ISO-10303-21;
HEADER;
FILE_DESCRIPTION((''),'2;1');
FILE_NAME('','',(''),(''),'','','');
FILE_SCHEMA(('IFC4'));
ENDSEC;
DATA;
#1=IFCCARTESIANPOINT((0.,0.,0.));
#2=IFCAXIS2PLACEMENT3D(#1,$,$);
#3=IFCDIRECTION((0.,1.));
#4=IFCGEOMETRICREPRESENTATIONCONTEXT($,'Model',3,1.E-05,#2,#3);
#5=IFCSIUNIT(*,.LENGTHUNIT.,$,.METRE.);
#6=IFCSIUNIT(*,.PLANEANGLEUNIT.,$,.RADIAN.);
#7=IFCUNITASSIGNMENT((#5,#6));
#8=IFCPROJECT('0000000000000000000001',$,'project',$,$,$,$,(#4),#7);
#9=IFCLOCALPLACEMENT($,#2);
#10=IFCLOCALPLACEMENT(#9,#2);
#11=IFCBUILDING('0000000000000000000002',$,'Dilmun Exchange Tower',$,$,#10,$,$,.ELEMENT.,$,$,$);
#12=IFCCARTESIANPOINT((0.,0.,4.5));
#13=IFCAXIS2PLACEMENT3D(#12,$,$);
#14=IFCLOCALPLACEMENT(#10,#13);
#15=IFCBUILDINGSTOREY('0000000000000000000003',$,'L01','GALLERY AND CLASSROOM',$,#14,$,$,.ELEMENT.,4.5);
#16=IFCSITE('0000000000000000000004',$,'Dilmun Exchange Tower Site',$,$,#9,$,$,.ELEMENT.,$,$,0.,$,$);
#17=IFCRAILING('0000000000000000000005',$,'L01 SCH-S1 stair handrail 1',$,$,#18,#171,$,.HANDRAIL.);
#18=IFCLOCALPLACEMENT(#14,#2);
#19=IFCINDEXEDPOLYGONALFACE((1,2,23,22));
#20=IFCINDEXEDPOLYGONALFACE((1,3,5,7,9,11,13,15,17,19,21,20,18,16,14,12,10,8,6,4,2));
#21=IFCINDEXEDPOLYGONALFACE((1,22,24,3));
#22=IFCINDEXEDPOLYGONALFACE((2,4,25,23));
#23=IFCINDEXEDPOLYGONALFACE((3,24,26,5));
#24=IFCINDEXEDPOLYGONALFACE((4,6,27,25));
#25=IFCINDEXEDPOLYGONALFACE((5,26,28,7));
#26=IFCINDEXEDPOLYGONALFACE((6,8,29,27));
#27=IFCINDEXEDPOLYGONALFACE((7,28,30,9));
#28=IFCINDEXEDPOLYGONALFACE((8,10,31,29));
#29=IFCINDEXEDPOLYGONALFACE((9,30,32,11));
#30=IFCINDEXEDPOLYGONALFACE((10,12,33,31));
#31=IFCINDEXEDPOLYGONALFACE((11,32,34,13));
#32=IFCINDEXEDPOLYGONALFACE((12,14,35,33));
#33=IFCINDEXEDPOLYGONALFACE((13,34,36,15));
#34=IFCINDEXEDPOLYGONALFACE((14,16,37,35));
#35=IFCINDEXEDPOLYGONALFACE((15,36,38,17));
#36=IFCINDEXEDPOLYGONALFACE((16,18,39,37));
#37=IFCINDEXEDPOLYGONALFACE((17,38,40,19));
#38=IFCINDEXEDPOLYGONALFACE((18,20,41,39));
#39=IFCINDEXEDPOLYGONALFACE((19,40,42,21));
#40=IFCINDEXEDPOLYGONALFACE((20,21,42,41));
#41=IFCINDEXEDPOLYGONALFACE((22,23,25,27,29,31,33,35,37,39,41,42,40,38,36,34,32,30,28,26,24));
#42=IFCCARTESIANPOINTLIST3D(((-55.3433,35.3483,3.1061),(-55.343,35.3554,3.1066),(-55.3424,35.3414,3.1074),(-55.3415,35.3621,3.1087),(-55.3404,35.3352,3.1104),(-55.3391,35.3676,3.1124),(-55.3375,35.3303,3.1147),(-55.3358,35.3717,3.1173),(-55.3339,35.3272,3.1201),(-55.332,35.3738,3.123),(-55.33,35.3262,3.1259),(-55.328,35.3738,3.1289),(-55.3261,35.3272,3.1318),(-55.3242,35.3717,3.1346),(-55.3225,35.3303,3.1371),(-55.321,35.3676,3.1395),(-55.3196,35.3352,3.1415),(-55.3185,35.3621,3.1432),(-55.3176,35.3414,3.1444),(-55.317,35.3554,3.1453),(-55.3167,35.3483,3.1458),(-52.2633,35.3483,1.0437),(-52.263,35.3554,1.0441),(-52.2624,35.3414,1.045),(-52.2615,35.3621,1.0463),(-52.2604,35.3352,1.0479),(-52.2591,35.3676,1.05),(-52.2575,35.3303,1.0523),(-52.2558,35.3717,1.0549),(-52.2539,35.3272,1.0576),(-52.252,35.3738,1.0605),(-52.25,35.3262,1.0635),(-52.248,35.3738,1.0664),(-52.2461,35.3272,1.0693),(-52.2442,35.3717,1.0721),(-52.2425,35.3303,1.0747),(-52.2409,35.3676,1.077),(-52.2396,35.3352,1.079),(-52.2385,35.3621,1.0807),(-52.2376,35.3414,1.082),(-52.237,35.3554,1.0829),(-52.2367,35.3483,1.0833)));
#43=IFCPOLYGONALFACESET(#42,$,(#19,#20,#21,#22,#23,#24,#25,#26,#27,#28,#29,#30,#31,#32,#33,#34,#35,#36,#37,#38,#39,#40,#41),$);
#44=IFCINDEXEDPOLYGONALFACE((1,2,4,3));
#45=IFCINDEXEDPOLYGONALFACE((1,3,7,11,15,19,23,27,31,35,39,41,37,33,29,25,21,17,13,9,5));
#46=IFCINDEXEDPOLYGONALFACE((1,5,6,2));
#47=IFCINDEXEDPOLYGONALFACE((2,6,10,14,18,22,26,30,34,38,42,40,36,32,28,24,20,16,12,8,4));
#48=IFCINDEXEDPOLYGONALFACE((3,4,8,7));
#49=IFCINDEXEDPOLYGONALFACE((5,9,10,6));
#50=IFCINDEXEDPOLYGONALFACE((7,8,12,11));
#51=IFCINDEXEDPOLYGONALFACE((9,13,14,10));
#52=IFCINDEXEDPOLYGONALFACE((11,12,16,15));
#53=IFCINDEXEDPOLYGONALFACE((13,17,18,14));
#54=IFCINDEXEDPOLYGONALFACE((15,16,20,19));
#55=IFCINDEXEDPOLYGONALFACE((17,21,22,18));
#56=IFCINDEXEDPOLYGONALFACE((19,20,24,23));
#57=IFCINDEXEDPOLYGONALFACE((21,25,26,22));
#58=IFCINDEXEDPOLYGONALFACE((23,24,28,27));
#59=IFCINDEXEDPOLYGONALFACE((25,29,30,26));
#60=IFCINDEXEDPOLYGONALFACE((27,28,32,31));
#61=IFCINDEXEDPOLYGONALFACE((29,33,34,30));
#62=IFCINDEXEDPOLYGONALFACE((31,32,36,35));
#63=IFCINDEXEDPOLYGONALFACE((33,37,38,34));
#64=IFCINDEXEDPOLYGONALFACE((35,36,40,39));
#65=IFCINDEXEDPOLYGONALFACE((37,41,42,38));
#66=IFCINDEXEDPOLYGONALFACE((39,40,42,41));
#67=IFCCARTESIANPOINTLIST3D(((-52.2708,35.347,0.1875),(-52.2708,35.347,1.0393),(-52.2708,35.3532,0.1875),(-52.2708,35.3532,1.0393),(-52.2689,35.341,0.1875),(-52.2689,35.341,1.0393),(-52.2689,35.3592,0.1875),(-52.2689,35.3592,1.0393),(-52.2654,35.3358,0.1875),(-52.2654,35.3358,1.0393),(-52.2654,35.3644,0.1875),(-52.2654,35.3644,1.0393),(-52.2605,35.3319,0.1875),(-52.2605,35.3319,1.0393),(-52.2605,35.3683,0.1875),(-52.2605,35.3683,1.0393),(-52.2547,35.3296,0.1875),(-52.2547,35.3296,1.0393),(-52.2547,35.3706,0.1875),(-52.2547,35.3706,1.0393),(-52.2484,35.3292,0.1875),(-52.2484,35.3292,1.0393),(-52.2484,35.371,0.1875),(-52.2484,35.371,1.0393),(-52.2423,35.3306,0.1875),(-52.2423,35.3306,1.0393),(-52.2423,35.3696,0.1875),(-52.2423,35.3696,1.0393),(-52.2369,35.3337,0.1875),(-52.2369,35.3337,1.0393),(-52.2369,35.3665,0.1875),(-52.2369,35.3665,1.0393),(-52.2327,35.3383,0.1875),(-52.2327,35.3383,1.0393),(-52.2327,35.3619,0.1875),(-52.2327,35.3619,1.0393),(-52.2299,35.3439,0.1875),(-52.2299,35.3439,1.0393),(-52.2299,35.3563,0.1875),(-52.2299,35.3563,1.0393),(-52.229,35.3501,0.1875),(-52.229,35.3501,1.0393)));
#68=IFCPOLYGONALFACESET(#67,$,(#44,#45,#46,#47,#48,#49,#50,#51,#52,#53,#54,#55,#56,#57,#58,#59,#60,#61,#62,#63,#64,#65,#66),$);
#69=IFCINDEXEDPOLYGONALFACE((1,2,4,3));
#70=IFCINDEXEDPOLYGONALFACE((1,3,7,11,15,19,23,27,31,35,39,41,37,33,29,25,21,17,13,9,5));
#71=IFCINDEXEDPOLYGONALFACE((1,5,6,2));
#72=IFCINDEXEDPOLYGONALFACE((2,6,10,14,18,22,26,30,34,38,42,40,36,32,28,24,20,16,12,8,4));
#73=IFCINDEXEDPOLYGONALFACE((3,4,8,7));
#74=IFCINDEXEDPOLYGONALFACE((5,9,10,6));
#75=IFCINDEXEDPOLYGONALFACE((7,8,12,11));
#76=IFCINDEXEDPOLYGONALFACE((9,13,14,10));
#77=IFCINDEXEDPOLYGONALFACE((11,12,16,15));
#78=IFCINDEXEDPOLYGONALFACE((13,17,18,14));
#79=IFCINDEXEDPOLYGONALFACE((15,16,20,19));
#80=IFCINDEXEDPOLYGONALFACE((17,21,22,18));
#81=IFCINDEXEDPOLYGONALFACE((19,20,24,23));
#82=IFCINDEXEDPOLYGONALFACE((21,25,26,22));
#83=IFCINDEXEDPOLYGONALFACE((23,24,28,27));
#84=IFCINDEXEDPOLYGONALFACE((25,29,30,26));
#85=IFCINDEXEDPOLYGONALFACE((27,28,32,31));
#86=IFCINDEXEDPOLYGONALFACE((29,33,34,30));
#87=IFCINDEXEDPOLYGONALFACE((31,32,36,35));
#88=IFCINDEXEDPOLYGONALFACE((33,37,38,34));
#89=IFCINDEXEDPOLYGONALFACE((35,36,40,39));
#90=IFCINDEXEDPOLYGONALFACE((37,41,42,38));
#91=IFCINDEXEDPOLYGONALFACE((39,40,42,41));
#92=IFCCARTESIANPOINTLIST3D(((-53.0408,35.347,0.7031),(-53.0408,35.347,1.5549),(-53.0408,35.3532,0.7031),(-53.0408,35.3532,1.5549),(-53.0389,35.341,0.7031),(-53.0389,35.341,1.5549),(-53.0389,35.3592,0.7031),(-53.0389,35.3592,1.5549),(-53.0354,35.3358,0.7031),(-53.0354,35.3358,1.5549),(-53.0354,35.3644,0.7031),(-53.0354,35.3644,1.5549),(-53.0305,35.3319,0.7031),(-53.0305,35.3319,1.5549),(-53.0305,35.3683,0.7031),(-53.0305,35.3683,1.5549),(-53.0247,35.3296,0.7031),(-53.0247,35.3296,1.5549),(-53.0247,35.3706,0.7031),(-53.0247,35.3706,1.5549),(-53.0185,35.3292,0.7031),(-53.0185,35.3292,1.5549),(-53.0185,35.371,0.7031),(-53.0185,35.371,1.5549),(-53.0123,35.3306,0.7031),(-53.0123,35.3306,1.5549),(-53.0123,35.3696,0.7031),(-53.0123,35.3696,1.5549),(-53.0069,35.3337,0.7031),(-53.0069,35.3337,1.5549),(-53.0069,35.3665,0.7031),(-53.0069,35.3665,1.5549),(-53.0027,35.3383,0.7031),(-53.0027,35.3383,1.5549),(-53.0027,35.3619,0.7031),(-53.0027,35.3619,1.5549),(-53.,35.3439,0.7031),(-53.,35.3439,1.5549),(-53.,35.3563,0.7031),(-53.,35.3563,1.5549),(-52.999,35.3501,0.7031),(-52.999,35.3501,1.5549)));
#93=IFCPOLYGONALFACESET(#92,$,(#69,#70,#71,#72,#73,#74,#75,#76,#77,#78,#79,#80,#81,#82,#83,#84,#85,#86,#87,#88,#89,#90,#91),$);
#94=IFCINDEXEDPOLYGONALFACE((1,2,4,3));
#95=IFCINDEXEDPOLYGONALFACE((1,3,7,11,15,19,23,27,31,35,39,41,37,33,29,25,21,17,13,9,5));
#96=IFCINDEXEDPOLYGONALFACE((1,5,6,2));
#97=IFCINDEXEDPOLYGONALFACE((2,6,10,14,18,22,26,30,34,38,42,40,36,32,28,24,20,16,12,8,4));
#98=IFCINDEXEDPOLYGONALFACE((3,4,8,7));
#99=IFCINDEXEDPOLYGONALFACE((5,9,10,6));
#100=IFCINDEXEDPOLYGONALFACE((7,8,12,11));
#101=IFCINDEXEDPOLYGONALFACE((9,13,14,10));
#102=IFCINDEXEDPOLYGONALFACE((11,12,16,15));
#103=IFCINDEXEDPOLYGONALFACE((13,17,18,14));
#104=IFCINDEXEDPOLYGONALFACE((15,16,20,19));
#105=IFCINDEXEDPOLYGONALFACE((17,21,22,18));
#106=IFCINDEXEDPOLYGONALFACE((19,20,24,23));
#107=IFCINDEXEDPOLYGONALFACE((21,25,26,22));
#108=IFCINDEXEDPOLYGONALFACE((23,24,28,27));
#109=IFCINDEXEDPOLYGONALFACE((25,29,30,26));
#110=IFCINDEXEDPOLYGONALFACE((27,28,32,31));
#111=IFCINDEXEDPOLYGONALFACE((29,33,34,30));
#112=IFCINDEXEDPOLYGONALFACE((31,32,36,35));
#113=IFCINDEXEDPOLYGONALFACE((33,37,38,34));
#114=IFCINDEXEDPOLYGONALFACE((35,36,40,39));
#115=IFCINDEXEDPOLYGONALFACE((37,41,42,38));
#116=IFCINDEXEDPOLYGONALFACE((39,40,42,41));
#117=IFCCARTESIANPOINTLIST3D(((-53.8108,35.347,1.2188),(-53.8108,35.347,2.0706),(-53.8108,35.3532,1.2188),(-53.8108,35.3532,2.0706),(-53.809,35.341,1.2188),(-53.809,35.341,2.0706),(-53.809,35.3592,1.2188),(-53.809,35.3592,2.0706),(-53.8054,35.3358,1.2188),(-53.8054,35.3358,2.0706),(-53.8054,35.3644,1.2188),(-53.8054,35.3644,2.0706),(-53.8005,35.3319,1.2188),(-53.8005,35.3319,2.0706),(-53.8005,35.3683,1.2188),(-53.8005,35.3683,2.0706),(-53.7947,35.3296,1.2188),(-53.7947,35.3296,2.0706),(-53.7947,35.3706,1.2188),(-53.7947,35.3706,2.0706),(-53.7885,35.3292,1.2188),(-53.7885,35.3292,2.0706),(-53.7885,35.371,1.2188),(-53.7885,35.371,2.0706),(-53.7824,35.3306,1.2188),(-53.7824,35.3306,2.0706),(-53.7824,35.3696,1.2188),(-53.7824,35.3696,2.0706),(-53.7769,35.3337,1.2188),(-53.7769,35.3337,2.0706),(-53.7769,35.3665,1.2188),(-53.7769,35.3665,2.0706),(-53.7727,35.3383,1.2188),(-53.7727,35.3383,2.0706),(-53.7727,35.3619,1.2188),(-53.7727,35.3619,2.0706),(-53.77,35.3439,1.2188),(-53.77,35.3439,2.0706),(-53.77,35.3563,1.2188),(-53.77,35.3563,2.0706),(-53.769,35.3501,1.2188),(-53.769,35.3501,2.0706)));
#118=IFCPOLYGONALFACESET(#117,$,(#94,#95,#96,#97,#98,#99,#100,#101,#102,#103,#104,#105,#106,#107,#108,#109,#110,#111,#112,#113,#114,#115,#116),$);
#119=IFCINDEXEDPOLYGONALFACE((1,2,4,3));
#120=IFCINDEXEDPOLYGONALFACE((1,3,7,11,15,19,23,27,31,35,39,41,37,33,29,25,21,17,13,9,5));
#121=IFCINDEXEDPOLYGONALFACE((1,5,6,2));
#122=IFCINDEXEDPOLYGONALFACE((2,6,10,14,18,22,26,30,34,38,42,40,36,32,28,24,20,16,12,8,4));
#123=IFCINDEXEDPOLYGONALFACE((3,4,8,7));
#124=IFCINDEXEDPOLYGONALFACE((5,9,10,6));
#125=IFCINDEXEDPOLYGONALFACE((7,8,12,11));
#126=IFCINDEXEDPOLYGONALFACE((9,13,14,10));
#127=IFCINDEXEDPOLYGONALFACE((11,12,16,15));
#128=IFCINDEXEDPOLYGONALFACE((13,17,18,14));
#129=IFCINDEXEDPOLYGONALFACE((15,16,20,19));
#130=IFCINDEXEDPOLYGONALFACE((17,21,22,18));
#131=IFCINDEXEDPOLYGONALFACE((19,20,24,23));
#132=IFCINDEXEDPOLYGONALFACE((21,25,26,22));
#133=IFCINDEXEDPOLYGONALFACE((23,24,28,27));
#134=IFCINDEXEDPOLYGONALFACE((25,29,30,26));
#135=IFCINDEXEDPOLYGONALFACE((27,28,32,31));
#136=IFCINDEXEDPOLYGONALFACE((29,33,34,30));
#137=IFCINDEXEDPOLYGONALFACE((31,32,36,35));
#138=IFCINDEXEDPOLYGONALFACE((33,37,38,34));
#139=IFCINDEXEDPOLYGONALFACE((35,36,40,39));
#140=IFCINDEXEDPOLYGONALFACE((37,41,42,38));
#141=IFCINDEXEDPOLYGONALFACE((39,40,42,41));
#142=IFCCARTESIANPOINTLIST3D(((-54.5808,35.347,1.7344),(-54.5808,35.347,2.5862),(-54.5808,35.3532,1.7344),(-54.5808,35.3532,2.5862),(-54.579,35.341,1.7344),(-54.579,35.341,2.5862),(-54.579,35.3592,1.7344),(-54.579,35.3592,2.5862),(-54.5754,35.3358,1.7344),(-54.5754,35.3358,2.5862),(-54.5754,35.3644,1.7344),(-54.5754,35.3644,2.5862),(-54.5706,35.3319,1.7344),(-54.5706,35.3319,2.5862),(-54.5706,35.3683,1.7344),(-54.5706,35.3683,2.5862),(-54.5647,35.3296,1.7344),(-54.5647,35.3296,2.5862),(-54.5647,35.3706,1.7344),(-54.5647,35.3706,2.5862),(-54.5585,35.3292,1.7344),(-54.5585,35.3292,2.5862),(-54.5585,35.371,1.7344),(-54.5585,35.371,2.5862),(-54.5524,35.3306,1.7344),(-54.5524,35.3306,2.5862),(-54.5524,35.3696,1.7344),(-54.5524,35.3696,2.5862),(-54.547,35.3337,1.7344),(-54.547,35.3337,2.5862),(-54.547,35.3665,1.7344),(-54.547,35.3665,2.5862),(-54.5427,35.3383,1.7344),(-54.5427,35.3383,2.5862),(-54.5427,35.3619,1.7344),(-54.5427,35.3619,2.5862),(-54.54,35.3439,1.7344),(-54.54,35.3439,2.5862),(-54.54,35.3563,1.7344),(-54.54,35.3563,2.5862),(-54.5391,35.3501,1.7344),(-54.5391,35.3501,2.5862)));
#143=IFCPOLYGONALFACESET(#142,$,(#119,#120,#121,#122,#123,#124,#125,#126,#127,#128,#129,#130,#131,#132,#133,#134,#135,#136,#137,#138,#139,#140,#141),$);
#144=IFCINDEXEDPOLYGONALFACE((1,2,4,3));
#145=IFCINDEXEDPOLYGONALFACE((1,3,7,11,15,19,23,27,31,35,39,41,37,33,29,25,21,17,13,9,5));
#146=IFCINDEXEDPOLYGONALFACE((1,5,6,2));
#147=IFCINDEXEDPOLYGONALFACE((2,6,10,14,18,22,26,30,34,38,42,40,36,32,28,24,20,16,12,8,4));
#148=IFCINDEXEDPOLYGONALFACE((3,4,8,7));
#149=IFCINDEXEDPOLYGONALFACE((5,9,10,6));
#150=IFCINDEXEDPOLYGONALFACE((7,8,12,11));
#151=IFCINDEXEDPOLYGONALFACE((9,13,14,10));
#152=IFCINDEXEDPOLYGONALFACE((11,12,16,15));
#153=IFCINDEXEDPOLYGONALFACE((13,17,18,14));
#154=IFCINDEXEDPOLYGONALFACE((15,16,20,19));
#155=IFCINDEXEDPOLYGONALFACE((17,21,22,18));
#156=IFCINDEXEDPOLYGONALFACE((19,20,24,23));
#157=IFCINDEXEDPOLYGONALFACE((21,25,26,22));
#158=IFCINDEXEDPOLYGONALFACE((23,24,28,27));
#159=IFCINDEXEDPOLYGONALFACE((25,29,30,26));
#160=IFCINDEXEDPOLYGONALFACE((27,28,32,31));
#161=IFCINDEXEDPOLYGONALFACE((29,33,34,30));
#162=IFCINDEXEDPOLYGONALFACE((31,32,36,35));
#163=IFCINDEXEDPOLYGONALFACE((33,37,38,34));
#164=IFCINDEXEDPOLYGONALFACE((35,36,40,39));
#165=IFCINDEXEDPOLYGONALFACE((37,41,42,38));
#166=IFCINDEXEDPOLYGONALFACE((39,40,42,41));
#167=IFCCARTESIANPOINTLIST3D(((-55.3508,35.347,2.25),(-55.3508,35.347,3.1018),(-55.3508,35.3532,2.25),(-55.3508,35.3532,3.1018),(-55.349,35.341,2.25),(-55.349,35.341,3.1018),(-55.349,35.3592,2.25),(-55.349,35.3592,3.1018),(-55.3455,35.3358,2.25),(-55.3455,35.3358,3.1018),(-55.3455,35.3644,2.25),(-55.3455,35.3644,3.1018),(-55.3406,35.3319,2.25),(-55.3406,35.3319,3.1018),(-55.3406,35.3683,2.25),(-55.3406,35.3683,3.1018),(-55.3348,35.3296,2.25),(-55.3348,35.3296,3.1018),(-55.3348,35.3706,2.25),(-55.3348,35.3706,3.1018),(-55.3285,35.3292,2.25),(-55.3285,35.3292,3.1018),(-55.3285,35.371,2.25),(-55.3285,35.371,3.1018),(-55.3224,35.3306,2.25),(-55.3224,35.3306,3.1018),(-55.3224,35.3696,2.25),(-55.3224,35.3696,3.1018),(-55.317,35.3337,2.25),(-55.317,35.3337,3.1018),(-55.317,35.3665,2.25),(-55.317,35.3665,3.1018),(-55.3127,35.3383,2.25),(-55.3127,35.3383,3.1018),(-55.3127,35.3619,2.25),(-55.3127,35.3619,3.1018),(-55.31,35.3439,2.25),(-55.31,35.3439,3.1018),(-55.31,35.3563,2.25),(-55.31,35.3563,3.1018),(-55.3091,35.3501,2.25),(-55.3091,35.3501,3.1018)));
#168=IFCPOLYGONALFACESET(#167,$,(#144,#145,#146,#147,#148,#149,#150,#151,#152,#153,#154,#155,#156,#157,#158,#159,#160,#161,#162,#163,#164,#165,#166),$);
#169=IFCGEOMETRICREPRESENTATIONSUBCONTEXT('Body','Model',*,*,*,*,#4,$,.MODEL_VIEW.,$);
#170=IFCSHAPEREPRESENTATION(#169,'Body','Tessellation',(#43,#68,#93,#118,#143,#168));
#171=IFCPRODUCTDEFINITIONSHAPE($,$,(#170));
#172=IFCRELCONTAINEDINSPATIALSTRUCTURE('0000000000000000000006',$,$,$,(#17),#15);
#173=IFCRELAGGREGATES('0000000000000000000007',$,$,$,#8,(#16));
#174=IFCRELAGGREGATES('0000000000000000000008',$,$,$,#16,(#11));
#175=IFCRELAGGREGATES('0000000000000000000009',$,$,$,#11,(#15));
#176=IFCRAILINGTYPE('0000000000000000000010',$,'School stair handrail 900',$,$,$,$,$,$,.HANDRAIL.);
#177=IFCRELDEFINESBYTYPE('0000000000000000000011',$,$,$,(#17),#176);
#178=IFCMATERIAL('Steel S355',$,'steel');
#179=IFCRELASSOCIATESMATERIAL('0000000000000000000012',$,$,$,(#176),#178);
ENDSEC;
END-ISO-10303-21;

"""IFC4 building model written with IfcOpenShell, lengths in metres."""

from ifc_helpers import new_model, si_unit, direction, frame, origin, origin_2d, place, context, subcontext, project, spatial, circle, extrude, material, type_object, element, save


model = new_model("IFC4")

# Units and contexts
model_context = context("Model", 3, precision=1e-05, world=origin(), true_north=direction((0.0, 1.0)))
body_context = subcontext(model_context, "Body", "Model", "MODEL_VIEW")
ifc_project = project(units=[si_unit("LENGTHUNIT", "METRE"), si_unit("PLANEANGLEUNIT", "RADIAN")], contexts=[model_context])

# Site, building, storey
site_placement = place(None, origin())
site = spatial("IfcSite", under=ifc_project, at=site_placement, Name="Dilmun Exchange Tower Site", CompositionType="ELEMENT", RefElevation=0.0)
building_placement = place(site_placement, origin())
building = spatial("IfcBuilding", under=site, at=building_placement, Name="Dilmun Exchange Tower", CompositionType="ELEMENT")
storey_placement = place(building_placement, frame((0.0, 0.0, 4.5)))
storey = spatial("IfcBuildingStorey", under=building, at=storey_placement, Name="L01", Description="GALLERY AND CLASSROOM", CompositionType="ELEMENT", Elevation=4.5)

# Railing
ifc_material_1 = material(Name="Steel S355", Category="steel")
railing_type_1 = type_object("IfcRailingType", Name="School stair handrail 900", PredefinedType="HANDRAIL", material=ifc_material_1)
railing_1_placement = place(storey_placement, frame((-52.25, 35.3501, 0.1875)))
element("IfcRailing", 1, at=railing_1_placement, inside=storey, type_object=railing_type_1, Name="L01 SCH-S1 stair handrail 1", PredefinedType="HANDRAIL", context=body_context, shape_type="SweptSolid", body=[
    extrude(circle(Radius=0.0239, at=origin_2d()), frame((0.0, 0.0, 0.876), z_axis=(-0.830914, 0.0, 0.556401), x_axis=(0.0, -1.0, 0.0)), (0.0, 0.0, 1.0), 3.7068),
    extrude(circle(Radius=0.021, at=origin_2d()), origin(), (0.0, 0.0, 1.0), 0.8518),
    extrude(circle(Radius=0.021, at=origin_2d()), frame((-0.77, 0.0, 0.5156)), (0.0, 0.0, 1.0), 0.8518),
    extrude(circle(Radius=0.021, at=origin_2d()), frame((-1.54, 0.0, 1.0312)), (0.0, 0.0, 1.0), 0.8518),
    extrude(circle(Radius=0.021, at=origin_2d()), frame((-2.3101, 0.0, 1.5469)), (0.0, 0.0, 1.0), 0.8518),
    extrude(circle(Radius=0.021, at=origin_2d()), frame((-3.0801, 0.0, 2.0625)), (0.0, 0.0, 1.0), 0.8518),
])

save(model, "model.ifc")
